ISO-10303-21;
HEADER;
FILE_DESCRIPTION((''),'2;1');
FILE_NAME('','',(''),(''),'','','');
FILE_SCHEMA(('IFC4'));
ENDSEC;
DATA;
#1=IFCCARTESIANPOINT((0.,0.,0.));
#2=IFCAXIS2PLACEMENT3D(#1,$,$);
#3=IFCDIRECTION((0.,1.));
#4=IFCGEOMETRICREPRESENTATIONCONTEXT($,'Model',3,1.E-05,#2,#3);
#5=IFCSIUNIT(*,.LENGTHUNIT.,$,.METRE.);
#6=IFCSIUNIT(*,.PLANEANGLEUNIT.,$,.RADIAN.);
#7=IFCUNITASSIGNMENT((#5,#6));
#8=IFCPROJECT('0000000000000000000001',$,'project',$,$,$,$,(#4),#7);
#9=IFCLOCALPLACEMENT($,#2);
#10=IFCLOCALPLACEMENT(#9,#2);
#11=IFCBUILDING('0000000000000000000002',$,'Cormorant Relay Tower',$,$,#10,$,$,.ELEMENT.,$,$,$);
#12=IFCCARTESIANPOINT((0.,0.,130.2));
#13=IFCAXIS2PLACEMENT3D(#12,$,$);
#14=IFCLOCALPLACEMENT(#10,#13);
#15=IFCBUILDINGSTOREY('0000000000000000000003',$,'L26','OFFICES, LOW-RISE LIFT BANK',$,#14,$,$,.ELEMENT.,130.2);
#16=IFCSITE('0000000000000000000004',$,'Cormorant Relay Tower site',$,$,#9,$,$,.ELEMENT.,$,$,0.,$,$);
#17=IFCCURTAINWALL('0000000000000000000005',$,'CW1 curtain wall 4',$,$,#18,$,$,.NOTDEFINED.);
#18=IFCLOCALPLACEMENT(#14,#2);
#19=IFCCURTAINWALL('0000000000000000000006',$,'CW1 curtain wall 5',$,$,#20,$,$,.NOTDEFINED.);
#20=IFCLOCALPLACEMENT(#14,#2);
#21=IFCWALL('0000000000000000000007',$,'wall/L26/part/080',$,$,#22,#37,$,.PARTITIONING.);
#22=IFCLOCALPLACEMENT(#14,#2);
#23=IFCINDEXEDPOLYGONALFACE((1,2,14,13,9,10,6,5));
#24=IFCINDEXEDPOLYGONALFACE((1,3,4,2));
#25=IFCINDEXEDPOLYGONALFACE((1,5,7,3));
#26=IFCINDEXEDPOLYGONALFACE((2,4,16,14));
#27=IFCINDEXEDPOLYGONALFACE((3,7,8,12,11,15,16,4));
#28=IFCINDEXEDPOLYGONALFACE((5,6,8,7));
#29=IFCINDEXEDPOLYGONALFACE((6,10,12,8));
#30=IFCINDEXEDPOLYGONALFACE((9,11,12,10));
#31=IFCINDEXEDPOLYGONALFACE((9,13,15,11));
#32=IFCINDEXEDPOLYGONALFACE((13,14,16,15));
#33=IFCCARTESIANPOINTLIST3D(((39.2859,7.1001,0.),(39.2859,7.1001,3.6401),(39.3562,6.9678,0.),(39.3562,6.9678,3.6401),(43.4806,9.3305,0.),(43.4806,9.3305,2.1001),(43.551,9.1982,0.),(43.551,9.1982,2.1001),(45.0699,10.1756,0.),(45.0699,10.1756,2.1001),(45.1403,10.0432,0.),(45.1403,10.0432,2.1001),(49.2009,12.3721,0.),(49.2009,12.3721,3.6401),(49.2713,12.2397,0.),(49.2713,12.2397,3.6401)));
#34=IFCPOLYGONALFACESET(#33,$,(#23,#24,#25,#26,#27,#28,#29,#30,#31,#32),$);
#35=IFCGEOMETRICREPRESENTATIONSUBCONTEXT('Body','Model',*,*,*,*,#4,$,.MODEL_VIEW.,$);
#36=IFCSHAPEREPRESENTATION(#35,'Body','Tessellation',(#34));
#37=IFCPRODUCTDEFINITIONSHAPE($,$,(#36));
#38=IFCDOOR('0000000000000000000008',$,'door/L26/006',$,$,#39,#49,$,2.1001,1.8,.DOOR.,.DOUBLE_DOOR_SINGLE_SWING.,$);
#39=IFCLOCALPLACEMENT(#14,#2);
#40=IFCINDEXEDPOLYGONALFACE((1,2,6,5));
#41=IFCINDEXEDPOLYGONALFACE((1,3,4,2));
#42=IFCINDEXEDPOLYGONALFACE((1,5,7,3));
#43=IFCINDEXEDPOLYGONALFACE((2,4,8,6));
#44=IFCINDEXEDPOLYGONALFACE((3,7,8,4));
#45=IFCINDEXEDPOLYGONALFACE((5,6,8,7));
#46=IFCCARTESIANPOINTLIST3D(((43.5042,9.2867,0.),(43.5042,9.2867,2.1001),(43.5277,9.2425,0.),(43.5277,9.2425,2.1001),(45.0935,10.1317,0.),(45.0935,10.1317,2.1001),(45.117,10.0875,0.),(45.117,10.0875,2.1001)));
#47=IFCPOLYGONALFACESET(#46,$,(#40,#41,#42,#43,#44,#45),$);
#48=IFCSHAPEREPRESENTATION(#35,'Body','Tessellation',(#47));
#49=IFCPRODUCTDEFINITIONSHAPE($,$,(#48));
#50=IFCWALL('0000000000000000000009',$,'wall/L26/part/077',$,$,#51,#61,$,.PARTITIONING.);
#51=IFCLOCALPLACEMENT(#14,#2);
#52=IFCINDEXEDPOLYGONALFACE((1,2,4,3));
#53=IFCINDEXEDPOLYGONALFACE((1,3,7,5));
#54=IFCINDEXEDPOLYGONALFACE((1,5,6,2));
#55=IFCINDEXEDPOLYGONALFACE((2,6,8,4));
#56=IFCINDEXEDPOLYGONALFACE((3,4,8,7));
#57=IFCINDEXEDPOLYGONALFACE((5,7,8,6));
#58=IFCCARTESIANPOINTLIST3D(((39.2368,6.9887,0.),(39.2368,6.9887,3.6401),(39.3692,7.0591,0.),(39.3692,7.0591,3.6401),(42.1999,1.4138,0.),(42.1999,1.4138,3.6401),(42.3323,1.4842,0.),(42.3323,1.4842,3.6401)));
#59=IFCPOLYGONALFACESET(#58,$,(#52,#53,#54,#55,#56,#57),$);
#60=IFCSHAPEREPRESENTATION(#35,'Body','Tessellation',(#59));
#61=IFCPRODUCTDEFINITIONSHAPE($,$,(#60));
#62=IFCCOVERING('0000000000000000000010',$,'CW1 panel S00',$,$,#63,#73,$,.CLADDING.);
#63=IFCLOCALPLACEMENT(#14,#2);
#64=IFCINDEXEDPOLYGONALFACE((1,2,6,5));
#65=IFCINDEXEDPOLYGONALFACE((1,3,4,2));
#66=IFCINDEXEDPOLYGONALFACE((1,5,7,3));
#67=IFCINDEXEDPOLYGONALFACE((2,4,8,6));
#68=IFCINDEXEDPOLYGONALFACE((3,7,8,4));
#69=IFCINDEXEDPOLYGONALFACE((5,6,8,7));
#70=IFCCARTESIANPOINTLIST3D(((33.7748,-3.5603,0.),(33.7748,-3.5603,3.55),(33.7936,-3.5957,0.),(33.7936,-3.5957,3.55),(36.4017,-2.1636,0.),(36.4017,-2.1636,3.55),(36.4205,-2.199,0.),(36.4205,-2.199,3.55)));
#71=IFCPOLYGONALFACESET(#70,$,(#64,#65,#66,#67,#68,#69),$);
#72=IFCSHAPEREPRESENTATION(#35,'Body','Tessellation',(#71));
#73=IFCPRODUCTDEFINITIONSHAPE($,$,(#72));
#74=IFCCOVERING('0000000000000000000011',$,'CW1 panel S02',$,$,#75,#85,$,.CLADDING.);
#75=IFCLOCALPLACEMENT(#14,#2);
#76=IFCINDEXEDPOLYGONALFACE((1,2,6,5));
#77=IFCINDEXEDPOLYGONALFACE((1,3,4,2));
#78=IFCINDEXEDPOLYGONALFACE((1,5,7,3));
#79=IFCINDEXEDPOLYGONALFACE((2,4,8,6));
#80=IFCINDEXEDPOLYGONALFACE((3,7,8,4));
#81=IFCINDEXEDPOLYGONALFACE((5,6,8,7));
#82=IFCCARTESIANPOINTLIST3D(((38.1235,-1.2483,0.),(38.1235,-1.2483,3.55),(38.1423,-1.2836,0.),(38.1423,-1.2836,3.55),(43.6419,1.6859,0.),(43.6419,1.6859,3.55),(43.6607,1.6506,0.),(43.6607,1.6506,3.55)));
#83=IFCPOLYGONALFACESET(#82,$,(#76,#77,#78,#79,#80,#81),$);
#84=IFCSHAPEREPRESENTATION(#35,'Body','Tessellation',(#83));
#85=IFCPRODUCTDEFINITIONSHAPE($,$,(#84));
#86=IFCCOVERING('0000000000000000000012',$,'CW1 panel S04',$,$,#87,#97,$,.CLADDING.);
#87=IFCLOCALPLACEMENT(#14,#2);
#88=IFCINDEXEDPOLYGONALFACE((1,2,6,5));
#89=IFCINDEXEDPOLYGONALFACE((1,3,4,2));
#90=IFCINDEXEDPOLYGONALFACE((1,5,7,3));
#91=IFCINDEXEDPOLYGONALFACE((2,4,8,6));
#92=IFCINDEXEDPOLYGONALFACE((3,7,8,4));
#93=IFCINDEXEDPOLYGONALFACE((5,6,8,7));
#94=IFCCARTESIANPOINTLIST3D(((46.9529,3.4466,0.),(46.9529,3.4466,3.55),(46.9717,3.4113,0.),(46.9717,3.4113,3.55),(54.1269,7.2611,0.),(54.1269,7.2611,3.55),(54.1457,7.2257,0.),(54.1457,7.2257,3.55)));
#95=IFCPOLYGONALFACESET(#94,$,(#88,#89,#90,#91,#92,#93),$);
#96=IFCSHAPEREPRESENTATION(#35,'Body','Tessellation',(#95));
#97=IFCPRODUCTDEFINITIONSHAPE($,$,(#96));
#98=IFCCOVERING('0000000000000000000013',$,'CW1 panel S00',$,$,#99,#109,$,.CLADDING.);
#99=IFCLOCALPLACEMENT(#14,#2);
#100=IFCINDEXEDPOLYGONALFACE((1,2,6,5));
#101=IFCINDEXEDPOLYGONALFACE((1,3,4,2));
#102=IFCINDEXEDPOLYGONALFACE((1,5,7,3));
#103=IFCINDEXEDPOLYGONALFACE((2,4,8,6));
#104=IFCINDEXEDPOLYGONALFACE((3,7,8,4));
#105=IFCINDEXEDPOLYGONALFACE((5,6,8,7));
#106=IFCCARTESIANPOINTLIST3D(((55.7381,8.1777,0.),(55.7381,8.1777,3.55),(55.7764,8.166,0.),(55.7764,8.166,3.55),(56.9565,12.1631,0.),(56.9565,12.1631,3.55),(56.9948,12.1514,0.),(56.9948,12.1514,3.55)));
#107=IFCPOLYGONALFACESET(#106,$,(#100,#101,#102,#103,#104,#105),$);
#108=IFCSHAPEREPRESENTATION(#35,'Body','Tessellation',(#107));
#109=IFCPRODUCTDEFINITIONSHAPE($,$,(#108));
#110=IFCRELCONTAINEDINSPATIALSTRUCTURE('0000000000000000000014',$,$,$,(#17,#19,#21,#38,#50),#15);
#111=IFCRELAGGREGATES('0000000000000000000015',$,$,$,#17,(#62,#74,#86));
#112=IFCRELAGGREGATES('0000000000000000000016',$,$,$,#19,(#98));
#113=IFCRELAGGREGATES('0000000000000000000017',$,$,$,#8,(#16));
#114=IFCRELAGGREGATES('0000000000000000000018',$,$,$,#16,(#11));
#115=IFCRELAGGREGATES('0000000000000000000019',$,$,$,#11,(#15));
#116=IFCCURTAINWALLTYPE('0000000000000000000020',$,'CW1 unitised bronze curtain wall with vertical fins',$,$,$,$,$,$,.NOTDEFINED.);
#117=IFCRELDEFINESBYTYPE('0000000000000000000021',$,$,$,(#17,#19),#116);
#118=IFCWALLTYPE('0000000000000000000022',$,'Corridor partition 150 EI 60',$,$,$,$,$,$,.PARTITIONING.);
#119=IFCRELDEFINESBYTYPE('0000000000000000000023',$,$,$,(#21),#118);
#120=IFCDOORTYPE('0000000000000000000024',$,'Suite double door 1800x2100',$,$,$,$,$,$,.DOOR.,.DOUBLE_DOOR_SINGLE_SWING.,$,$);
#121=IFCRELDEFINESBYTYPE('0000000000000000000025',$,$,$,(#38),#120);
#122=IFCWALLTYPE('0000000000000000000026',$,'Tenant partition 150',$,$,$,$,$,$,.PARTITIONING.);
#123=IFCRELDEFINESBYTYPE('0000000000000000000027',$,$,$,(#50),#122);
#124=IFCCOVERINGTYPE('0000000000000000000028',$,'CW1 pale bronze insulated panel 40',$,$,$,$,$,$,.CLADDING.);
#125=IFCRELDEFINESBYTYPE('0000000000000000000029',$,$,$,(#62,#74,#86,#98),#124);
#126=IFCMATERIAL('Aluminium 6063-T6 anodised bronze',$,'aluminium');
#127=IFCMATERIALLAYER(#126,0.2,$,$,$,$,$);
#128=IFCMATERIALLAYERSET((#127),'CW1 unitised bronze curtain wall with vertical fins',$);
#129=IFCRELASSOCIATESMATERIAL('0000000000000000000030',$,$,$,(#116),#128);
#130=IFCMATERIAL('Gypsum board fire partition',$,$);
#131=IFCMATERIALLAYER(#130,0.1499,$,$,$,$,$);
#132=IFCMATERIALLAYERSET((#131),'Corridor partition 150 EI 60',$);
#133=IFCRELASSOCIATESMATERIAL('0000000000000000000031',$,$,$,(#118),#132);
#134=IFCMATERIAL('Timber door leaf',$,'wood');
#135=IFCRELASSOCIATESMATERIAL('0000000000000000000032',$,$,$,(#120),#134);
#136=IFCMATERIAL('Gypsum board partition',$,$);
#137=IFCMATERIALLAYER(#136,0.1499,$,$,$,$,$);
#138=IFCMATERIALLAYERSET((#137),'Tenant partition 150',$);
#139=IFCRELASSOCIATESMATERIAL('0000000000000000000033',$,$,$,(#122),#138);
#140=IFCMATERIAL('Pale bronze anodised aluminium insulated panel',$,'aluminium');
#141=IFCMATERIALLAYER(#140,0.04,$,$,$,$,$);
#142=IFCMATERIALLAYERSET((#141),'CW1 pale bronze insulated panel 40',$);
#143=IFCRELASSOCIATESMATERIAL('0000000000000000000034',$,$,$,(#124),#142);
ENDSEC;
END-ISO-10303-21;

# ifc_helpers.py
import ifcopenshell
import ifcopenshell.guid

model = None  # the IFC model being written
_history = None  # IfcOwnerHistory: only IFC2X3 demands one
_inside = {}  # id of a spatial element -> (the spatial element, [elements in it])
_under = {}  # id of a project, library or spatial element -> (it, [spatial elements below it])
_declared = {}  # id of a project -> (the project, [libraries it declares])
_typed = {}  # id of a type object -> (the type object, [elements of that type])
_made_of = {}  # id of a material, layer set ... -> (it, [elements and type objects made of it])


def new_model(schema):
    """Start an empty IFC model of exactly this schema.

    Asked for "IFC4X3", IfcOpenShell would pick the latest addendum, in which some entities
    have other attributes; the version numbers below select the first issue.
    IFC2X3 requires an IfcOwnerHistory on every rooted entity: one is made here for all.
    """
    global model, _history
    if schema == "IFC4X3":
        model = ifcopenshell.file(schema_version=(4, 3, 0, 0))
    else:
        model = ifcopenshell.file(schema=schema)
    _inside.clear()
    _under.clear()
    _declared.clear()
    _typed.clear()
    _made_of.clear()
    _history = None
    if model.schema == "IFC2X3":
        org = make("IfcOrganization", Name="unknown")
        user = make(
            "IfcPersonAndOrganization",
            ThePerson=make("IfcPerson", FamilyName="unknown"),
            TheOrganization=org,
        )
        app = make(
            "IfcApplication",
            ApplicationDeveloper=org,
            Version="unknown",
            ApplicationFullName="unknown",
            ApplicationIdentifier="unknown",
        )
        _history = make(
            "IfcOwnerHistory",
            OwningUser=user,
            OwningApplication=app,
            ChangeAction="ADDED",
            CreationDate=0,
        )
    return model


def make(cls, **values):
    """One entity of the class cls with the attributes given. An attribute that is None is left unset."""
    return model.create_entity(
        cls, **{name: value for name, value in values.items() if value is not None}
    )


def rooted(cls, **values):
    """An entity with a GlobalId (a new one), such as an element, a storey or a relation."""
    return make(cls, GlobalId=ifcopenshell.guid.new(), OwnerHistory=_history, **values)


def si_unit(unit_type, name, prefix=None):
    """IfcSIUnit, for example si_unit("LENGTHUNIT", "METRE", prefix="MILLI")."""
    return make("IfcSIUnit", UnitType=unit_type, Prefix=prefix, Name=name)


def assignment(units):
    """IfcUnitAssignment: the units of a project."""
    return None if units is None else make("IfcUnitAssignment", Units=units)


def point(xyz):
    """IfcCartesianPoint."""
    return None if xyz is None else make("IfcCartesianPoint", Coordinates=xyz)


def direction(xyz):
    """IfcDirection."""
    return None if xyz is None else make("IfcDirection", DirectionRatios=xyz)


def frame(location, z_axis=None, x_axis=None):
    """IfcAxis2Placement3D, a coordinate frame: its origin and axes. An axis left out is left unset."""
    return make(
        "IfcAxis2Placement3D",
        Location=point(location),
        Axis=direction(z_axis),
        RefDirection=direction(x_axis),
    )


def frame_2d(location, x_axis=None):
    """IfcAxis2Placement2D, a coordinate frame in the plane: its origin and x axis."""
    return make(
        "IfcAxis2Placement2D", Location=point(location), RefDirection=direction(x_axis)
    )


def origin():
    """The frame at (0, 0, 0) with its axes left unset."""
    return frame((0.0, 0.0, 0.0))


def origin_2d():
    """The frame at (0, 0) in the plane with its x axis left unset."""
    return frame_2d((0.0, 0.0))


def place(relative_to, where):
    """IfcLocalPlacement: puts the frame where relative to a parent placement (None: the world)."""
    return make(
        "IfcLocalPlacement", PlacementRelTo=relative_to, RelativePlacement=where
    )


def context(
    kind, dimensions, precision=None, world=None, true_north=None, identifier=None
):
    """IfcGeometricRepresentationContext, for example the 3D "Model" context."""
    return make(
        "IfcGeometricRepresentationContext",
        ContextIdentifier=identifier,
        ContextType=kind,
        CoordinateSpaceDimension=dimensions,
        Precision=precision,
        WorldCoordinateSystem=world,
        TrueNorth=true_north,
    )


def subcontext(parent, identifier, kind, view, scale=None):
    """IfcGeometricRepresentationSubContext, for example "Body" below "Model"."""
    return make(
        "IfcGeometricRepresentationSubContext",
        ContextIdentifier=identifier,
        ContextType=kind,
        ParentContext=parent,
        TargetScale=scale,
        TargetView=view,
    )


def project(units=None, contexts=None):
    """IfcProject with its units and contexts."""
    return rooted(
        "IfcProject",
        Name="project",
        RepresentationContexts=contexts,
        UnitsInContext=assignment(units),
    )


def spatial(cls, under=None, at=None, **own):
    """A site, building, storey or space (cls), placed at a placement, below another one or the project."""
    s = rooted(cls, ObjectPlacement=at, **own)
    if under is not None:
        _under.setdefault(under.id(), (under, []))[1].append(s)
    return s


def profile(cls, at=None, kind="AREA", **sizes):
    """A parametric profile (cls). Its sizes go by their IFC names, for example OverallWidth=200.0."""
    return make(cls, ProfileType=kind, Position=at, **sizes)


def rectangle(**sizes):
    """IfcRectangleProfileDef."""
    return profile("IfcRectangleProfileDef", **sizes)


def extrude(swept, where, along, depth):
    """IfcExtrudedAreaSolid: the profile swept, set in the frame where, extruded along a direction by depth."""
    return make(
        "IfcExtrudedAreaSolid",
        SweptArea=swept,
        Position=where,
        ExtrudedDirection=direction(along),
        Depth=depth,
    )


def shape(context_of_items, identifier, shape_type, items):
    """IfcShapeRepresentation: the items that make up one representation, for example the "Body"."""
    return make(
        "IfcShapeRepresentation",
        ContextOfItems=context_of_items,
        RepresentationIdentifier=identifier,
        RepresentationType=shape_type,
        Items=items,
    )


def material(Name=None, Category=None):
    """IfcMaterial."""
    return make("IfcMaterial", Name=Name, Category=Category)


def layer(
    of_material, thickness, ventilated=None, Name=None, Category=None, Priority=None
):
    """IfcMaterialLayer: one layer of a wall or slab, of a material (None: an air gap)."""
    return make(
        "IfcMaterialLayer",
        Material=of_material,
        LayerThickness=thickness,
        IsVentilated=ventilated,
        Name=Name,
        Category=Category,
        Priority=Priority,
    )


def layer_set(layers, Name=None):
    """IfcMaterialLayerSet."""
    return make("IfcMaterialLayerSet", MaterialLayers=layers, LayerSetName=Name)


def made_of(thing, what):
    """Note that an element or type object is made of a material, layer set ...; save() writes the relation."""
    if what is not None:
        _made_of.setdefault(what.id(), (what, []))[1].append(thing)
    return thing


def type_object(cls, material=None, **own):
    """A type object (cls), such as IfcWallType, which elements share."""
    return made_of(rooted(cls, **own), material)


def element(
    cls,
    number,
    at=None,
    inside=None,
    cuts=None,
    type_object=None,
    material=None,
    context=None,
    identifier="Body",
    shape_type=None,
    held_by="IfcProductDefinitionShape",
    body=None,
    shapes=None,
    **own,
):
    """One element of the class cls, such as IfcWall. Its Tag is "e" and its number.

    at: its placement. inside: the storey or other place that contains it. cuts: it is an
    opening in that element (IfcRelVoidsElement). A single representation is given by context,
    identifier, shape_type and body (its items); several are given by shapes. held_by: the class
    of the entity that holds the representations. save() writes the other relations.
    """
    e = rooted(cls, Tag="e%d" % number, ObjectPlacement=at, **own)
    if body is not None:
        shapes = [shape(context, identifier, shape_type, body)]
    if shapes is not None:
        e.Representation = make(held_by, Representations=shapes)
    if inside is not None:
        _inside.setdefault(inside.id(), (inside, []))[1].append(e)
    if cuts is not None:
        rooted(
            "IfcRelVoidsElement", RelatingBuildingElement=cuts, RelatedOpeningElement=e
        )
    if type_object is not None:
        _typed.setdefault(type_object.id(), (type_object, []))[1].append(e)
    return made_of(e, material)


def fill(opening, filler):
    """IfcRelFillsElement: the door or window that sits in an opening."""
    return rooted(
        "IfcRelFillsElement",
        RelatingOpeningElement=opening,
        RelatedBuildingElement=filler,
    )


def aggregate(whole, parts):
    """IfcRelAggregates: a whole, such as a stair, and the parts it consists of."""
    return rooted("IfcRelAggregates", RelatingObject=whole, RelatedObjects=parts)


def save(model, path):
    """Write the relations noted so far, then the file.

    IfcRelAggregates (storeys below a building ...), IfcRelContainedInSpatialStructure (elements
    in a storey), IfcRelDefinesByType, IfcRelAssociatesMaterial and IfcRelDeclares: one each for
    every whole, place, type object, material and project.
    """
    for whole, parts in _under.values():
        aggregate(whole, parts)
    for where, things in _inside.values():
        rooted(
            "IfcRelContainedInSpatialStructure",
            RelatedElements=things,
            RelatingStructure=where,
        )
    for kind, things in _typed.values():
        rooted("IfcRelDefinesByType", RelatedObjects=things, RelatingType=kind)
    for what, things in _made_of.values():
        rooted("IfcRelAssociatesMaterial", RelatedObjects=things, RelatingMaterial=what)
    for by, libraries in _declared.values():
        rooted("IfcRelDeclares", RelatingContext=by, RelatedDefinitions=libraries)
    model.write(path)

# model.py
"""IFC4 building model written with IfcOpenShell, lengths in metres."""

from ifc_helpers import new_model, si_unit, direction, frame, frame_2d, origin, origin_2d, place, context, subcontext, project, spatial, rectangle, extrude, material, layer, layer_set, type_object, element, fill, aggregate, save


model = new_model("IFC4")

# Units and contexts
model_context = context("Model", 3, precision=1e-05, world=origin(), true_north=direction((0.0, 1.0)))
body_context = subcontext(model_context, "Body", "Model", "MODEL_VIEW")
ifc_project = project(units=[si_unit("LENGTHUNIT", "METRE"), si_unit("PLANEANGLEUNIT", "RADIAN")], contexts=[model_context])

# Site, building, storey
site_placement = place(None, origin())
site = spatial("IfcSite", under=ifc_project, at=site_placement, Name="Cormorant Relay Tower site", CompositionType="ELEMENT", RefElevation=0.0)
building_placement = place(site_placement, origin())
building = spatial("IfcBuilding", under=site, at=building_placement, Name="Cormorant Relay Tower", CompositionType="ELEMENT")
storey_placement = place(building_placement, frame((0.0, 0.0, 130.2)))
storey = spatial("IfcBuildingStorey", under=building, at=storey_placement, Name="L26", Description="OFFICES, LOW-RISE LIFT BANK", CompositionType="ELEMENT", Elevation=130.2)

# Shared definitions
ifc_material_1 = material(Name="Aluminium 6063-T6 anodised bronze", Category="aluminium")
ifc_layer_1 = layer(ifc_material_1, 0.2)
ifc_layer_set_1 = layer_set([ifc_layer_1], Name="CW1 unitised bronze curtain wall with vertical fins")
curtain_wall_type = type_object("IfcCurtainWallType", Name="CW1 unitised bronze curtain wall with vertical fins", PredefinedType="NOTDEFINED", material=ifc_layer_set_1)

# Curtain wall
curtain_wall_1_placement = place(storey_placement, origin())
curtain_wall_1 = element("IfcCurtainWall", 1, at=curtain_wall_1_placement, inside=storey, type_object=curtain_wall_type, Name="CW1 curtain wall 4", PredefinedType="NOTDEFINED")

# Curtain wall
curtain_wall_2_placement = place(storey_placement, origin())
curtain_wall_2 = element("IfcCurtainWall", 2, at=curtain_wall_2_placement, inside=storey, type_object=curtain_wall_type, Name="CW1 curtain wall 5", PredefinedType="NOTDEFINED")

# Shared definitions
ifc_material_2 = material(Name="Gypsum board fire partition")
ifc_layer_2 = layer(ifc_material_2, 0.1499)
ifc_layer_set_2 = layer_set([ifc_layer_2], Name="Corridor partition 150 EI 60")
wall_type_1 = type_object("IfcWallType", Name="Corridor partition 150 EI 60", PredefinedType="PARTITIONING", material=ifc_layer_set_2)

# Wall, opening, door
wall_1_placement = place(storey_placement, frame((39.321, 7.0339, 0.0), z_axis=(0.0, 0.0, 1.0), x_axis=(0.882946, 0.469475, 0.0)))
wall_1 = element("IfcWall", 3, at=wall_1_placement, inside=storey, type_object=wall_type_1, Name="wall/L26/part/080", PredefinedType="PARTITIONING", context=body_context, shape_type="SweptSolid", body=[
    extrude(rectangle(XDim=11.2295, YDim=0.1499, at=frame_2d((5.6147, 0.0))), origin(), (0.0, 0.0, 1.0), 3.6401),
])
opening_1_placement = place(wall_1_placement, frame((4.751, 0.0, 0.0)))
opening_1 = element("IfcOpeningElement", 4, at=opening_1_placement, cuts=wall_1, PredefinedType="OPENING", context=body_context, shape_type="SweptSolid", body=[
    extrude(rectangle(XDim=1.8, YDim=2.1001, at=frame_2d((0.8999, 1.05))), frame((0.0, 0.085, 0.0), z_axis=(0.0, -1.0, 0.0), x_axis=(1.0, 0.0, 0.0)), (0.0, 0.0, 1.0), 0.1699),
])
ifc_material_3 = material(Name="Timber door leaf", Category="wood")
door_type_1 = type_object("IfcDoorType", Name="Suite double door 1800x2100", OperationType="DOUBLE_DOOR_SINGLE_SWING", PredefinedType="DOOR", material=ifc_material_3)
door_1_placement = place(opening_1_placement, frame((1.8, 0.0, 0.0), z_axis=(0.0, 0.0, 1.0), x_axis=(-1.0, 0.0, 0.0)))
door_1 = element("IfcDoor", 5, at=door_1_placement, inside=storey, type_object=door_type_1, Name="door/L26/006", OperationType="DOUBLE_DOOR_SINGLE_SWING", OverallHeight=2.1001, OverallWidth=1.8, PredefinedType="DOOR", context=body_context, shape_type="SweptSolid", body=[
    extrude(rectangle(XDim=1.8, YDim=2.1001, at=frame_2d((0.8999, 1.05))), frame((0.0, 0.0249, 0.0), z_axis=(0.0, -1.0, 0.0), x_axis=(1.0, 0.0, 0.0)), (0.0, 0.0, 1.0), 0.05),
])
fill(opening_1, door_1)

# Wall
ifc_material_4 = material(Name="Gypsum board partition")
ifc_layer_3 = layer(ifc_material_4, 0.1499)
ifc_layer_set_3 = layer_set([ifc_layer_3], Name="Tenant partition 150")
wall_type_2 = type_object("IfcWallType", Name="Tenant partition 150", PredefinedType="PARTITIONING", material=ifc_layer_set_3)
wall_2_placement = place(storey_placement, frame((39.303, 7.0239, 0.0), z_axis=(0.0, 0.0, 1.0), x_axis=(0.469333, -0.883021, 0.0)))
element("IfcWall", 6, at=wall_2_placement, inside=storey, type_object=wall_type_2, Name="wall/L26/part/077", PredefinedType="PARTITIONING", context=body_context, shape_type="SweptSolid", body=[
    extrude(rectangle(XDim=6.3135, YDim=0.1499, at=frame_2d((3.1567, 0.0))), origin(), (0.0, 0.0, 1.0), 3.6401),
])

# Coverings
ifc_material_5 = material(Name="Pale bronze anodised aluminium insulated panel", Category="aluminium")
ifc_layer_4 = layer(ifc_material_5, 0.04)
ifc_layer_set_4 = layer_set([ifc_layer_4], Name="CW1 pale bronze insulated panel 40")
covering_type = type_object("IfcCoveringType", Name="CW1 pale bronze insulated panel 40", PredefinedType="CLADDING", material=ifc_layer_set_4)
covering_1_placement = place(storey_placement, frame((35.0977, -2.8796, 0.0), z_axis=(0.0, 0.0, 1.0), x_axis=(0.882948, 0.469472, 0.0)))
covering_1 = element("IfcCovering", 7, at=covering_1_placement, type_object=covering_type, Name="CW1 panel S00", PredefinedType="CLADDING", context=body_context, shape_type="SweptSolid", body=[
    extrude(rectangle(XDim=2.9751, YDim=0.04, at=origin_2d()), origin(), (0.0, 0.0, 1.0), 3.55),
])
covering_2_placement = place(storey_placement, frame((40.8921, 0.2012, 0.0), z_axis=(0.0, 0.0, 1.0), x_axis=(0.882948, 0.469472, 0.0)))
covering_2 = element("IfcCovering", 8, at=covering_2_placement, type_object=covering_type, Name="CW1 panel S02", PredefinedType="CLADDING", context=body_context, shape_type="SweptSolid", body=[
    extrude(rectangle(XDim=6.25, YDim=0.04, at=origin_2d()), origin(), (0.0, 0.0, 1.0), 3.55),
])
covering_3_placement = place(storey_placement, frame((50.5493, 5.3362, 0.0), z_axis=(0.0, 0.0, 1.0), x_axis=(0.882948, 0.469472, 0.0)))
covering_3 = element("IfcCovering", 9, at=covering_3_placement, type_object=covering_type, Name="CW1 panel S04", PredefinedType="CLADDING", context=body_context, shape_type="SweptSolid", body=[
    extrude(rectangle(XDim=8.125, YDim=0.04, at=origin_2d()), origin(), (0.0, 0.0, 1.0), 3.55),
])
aggregate(curtain_wall_1, [covering_1, covering_2, covering_3])
covering_4_placement = place(storey_placement, frame((56.3665, 10.1646, 0.0), z_axis=(0.0, 0.0, 1.0), x_axis=(0.292372, 0.956305, 0.0)))
covering_4 = element("IfcCovering", 10, at=covering_4_placement, type_object=covering_type, Name="CW1 panel S00", PredefinedType="CLADDING", context=body_context, shape_type="SweptSolid", body=[
    extrude(rectangle(XDim=4.1675, YDim=0.04, at=origin_2d()), origin(), (0.0, 0.0, 1.0), 3.55),
])
aggregate(curtain_wall_2, [covering_4])

save(model, "model.ifc")
